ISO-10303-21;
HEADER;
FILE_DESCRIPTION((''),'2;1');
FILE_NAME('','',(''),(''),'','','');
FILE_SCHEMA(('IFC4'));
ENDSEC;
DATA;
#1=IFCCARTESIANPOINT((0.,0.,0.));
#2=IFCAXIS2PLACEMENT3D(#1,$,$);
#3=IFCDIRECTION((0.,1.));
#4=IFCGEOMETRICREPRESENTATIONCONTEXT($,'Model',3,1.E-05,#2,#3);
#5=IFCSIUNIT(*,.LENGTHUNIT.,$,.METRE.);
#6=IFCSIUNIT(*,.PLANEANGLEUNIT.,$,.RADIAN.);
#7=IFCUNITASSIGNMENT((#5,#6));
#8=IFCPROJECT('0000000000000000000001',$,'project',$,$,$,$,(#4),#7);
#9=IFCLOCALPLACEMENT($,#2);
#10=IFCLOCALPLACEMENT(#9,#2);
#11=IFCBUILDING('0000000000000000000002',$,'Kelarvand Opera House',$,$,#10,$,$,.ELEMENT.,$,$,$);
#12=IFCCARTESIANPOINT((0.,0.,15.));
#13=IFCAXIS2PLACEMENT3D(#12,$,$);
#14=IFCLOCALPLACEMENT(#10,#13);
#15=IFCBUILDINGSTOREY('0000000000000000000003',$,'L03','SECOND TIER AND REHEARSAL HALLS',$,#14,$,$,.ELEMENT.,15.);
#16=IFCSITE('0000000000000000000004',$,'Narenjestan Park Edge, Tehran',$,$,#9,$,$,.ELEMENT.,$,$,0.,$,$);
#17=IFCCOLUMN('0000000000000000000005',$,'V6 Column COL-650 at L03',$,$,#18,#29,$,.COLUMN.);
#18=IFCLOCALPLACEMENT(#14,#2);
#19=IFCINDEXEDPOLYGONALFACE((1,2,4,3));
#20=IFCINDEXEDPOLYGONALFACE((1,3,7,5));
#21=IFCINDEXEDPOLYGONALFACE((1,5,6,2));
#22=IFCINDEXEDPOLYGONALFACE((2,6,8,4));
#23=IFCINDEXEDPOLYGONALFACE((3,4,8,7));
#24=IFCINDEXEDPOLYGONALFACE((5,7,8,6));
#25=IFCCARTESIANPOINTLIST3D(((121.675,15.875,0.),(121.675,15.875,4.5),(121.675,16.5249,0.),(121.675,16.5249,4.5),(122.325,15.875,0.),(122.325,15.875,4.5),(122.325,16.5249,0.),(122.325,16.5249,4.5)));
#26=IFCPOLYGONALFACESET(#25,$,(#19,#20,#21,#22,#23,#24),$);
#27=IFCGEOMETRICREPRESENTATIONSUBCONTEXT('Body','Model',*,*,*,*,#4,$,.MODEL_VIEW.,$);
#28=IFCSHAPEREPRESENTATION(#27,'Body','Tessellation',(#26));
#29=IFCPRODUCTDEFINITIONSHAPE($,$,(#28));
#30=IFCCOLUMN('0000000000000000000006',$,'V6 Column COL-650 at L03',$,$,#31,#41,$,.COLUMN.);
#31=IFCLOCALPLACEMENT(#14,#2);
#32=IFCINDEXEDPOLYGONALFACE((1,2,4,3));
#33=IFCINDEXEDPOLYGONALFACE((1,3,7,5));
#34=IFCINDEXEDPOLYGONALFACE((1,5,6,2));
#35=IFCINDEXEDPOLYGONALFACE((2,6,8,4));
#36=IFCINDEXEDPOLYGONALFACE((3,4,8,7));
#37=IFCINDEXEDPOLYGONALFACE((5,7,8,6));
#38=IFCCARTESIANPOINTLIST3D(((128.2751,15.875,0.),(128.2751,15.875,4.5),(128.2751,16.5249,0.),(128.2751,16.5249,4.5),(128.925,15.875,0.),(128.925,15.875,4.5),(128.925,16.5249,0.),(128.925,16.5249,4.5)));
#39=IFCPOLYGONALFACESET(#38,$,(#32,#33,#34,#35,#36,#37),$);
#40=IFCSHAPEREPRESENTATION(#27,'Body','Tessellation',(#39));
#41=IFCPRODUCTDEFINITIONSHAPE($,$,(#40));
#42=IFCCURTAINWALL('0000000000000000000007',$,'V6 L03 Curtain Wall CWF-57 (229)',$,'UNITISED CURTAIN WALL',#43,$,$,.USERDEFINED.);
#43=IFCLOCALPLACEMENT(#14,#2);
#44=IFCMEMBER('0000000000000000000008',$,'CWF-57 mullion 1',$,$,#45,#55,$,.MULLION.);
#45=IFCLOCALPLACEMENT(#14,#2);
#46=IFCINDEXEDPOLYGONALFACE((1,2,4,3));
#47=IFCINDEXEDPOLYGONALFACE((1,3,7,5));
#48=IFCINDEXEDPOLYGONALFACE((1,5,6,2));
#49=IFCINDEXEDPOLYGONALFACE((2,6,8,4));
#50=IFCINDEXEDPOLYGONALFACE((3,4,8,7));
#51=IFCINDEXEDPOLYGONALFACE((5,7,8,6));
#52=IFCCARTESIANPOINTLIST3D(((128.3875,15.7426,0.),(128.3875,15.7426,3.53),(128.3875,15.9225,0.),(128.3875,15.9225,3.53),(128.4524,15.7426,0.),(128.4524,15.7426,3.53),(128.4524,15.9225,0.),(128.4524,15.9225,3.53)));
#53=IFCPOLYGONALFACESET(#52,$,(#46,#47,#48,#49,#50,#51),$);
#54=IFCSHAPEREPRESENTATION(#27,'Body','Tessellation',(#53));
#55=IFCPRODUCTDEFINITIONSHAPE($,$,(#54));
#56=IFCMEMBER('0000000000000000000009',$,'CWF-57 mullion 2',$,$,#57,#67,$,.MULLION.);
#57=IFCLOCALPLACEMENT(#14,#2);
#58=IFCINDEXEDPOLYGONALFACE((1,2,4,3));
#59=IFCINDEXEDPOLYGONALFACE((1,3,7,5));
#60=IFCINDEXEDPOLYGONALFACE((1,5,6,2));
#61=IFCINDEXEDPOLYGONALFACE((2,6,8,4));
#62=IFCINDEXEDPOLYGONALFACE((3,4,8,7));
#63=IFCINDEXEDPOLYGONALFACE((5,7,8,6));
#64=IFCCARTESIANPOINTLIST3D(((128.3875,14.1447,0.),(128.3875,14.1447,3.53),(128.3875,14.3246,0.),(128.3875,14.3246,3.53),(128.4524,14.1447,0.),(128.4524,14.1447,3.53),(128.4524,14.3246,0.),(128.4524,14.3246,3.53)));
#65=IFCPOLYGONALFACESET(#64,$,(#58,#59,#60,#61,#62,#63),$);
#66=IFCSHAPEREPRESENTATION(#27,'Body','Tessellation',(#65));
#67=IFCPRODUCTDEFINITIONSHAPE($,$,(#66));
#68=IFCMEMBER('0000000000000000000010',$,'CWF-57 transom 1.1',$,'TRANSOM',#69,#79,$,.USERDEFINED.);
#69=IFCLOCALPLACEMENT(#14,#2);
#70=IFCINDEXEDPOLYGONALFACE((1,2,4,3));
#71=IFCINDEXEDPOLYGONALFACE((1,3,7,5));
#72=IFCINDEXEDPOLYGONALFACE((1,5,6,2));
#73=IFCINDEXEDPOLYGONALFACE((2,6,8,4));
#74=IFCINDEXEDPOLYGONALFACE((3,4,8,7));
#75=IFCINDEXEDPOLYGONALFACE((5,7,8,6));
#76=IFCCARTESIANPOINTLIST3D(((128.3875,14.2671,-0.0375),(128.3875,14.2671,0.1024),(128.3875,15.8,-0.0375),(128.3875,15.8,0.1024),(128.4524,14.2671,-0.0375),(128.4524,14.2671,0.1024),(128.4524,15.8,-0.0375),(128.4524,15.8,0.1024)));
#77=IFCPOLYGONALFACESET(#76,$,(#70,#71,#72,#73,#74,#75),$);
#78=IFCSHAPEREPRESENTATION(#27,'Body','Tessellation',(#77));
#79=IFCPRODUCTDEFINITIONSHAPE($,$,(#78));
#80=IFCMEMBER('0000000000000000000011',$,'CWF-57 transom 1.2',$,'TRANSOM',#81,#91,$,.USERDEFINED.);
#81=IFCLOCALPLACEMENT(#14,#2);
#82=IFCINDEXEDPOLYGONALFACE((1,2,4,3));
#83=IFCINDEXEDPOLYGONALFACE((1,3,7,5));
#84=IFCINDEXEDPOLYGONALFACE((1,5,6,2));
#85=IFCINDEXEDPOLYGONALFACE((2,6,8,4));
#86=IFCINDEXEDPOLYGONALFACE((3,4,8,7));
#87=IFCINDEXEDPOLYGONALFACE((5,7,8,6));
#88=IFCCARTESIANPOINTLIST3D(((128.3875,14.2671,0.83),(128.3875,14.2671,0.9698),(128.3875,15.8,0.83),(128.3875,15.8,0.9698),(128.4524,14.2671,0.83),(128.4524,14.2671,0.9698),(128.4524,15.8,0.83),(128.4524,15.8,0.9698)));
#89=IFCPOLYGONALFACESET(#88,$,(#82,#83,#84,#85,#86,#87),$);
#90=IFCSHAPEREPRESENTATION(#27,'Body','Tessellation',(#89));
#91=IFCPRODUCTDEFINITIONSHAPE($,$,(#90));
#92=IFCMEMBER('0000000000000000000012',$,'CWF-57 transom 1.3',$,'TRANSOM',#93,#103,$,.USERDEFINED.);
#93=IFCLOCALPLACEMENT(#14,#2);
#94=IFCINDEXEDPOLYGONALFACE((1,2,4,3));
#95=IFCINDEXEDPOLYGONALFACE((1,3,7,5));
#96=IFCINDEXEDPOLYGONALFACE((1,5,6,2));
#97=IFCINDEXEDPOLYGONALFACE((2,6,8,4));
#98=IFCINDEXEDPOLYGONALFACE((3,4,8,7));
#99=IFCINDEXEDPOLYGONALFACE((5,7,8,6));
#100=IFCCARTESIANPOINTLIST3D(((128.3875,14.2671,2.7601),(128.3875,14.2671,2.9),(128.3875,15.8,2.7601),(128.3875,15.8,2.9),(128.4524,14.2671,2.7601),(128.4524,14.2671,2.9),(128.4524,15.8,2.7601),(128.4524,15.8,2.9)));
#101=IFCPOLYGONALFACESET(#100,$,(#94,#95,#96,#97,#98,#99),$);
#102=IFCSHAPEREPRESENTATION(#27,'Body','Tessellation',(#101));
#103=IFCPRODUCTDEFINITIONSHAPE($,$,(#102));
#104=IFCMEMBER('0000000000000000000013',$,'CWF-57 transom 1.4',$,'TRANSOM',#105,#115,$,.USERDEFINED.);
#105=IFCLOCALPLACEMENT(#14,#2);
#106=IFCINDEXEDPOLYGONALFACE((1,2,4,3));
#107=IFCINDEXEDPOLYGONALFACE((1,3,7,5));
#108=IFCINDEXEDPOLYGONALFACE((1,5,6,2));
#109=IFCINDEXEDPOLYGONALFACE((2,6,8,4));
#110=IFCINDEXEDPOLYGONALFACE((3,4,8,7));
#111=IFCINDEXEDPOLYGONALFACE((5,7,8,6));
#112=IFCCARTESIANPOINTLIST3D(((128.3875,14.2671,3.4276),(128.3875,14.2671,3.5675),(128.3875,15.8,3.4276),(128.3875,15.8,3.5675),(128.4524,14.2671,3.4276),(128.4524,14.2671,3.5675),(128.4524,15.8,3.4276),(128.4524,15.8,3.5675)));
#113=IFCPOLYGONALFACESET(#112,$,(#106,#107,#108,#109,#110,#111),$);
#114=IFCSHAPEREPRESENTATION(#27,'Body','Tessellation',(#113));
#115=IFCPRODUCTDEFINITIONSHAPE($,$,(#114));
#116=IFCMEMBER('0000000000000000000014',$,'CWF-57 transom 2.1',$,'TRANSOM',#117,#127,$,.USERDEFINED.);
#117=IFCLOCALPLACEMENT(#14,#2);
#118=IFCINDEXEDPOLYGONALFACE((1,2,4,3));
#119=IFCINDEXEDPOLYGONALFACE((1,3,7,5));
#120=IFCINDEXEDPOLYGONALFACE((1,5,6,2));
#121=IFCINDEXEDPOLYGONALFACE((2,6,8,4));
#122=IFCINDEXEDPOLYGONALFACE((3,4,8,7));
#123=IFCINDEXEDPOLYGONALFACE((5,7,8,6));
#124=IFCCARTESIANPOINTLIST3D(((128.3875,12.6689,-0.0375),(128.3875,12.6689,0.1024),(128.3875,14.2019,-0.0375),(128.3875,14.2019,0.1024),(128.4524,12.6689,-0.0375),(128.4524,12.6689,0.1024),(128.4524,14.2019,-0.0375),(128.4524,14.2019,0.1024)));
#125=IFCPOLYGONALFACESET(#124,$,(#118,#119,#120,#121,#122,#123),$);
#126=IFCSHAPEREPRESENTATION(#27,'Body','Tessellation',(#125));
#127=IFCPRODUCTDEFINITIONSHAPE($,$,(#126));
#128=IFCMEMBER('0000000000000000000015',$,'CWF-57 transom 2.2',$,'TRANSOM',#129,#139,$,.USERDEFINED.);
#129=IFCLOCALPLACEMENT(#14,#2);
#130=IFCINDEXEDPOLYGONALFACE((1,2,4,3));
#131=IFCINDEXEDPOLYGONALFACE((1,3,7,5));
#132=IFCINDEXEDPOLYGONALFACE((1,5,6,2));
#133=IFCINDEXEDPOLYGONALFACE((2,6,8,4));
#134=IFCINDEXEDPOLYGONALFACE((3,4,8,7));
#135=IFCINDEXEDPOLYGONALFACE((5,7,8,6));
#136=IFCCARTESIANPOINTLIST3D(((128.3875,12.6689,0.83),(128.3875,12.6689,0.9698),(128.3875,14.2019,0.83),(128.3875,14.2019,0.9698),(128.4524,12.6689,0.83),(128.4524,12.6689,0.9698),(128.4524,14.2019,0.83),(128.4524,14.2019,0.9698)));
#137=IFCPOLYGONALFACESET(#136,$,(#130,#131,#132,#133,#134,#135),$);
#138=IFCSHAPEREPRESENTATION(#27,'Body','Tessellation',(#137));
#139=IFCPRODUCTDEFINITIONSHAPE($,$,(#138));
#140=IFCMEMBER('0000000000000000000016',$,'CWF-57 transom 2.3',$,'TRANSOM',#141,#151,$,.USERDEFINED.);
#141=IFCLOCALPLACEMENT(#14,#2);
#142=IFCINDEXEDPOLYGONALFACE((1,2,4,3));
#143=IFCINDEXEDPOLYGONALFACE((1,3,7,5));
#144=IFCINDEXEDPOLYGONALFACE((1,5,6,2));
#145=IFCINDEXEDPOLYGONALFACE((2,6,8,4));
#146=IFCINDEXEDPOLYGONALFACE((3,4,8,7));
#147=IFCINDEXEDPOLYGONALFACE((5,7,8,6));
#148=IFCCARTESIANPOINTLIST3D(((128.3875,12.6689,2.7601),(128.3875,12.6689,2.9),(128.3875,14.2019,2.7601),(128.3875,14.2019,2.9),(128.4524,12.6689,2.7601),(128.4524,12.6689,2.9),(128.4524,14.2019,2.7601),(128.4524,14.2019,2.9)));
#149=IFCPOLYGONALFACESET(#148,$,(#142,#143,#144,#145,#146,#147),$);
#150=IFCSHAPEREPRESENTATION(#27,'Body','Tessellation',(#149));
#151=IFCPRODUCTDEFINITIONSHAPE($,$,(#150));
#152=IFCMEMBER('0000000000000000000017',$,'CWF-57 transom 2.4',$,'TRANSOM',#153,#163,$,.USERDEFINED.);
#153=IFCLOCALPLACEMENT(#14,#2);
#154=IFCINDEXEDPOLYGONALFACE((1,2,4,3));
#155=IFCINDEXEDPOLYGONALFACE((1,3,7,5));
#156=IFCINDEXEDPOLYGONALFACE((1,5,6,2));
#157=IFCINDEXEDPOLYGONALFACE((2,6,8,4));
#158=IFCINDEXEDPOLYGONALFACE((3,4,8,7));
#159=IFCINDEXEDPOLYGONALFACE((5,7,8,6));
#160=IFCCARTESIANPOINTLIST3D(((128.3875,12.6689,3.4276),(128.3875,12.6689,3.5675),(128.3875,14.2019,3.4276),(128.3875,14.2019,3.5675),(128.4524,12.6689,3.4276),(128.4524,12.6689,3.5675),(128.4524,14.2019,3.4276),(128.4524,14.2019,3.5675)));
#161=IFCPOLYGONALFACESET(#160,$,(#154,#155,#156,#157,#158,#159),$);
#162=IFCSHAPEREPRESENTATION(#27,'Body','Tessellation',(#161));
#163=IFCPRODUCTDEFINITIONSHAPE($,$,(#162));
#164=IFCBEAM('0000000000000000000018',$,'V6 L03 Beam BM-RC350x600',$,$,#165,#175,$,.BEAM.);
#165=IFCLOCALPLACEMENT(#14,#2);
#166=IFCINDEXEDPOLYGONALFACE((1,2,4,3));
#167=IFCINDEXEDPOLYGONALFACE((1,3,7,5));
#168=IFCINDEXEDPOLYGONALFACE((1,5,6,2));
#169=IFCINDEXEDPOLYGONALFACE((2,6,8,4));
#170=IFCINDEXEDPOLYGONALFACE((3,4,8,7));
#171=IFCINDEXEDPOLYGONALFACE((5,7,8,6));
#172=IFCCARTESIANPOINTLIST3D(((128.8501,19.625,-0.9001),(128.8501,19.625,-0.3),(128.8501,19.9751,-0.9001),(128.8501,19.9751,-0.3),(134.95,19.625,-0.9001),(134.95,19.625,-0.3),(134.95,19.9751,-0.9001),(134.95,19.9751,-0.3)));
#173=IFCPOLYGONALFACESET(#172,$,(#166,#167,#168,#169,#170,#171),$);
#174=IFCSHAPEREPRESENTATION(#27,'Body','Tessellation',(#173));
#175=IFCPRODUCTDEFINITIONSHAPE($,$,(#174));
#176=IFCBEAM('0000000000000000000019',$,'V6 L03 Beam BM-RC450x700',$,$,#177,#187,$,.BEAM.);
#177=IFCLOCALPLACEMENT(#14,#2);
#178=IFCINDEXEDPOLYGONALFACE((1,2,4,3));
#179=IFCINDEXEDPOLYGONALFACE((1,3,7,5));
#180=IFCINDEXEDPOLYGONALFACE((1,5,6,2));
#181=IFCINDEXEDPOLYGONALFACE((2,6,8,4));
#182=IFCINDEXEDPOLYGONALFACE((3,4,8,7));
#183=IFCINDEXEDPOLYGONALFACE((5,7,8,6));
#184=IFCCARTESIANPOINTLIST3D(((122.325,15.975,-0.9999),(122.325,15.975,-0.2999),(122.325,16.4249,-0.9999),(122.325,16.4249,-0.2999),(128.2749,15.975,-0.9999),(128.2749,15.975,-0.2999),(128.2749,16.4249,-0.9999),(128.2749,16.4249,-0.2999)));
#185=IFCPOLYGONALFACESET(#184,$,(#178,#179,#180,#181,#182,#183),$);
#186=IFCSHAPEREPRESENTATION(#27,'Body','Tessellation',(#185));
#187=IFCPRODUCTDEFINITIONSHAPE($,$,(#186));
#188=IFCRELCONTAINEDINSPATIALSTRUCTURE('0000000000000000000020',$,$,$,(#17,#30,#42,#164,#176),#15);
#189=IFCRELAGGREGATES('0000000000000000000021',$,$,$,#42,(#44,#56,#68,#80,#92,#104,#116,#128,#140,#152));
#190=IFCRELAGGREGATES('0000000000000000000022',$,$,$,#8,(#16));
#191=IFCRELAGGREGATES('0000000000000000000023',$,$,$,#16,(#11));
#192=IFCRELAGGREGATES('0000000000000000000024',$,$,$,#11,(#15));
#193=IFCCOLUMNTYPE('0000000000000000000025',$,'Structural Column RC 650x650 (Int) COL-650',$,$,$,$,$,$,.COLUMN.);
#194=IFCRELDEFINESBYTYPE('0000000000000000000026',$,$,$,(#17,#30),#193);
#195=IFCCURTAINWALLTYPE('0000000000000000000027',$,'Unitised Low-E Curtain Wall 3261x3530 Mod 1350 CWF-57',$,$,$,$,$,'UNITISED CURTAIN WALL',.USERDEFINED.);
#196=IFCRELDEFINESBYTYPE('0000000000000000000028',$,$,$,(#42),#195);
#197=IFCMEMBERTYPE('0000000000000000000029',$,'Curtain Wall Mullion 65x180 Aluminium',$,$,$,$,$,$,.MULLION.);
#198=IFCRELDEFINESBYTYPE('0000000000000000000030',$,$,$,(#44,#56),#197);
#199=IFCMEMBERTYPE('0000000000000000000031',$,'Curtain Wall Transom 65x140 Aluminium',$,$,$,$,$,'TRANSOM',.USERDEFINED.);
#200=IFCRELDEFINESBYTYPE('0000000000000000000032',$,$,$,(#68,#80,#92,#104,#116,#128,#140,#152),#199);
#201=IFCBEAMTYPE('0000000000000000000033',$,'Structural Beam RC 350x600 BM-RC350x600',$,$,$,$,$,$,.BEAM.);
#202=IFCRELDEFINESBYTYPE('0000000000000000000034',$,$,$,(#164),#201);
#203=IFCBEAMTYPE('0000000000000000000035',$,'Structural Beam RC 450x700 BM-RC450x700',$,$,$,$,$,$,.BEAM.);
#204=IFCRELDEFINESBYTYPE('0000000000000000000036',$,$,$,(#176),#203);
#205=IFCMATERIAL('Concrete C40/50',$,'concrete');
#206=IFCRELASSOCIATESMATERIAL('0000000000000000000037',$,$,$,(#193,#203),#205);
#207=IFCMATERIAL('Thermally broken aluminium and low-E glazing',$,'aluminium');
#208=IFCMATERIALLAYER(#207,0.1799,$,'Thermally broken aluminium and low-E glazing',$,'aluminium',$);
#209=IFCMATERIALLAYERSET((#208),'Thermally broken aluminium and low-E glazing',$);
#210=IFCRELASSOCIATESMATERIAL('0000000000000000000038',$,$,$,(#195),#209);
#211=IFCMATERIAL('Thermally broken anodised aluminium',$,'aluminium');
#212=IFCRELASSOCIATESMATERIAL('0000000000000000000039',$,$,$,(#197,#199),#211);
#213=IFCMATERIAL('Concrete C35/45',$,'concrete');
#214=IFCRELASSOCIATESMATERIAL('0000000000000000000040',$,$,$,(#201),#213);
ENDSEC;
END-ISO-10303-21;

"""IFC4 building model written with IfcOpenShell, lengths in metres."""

from ifc_helpers import new_model, si_unit, direction, frame, origin, origin_2d, place, context, subcontext, project, spatial, rectangle, extrude, material, layer, layer_set, material_profile, profile_set, type_object, element, aggregate, save


model = new_model("IFC4")

# Units and contexts
model_context = context("Model", 3, precision=1e-05, world=origin(), true_north=direction((0.0, 1.0)))
body_context = subcontext(model_context, "Body", "Model", "MODEL_VIEW")
ifc_project = project(units=[si_unit("LENGTHUNIT", "METRE"), si_unit("PLANEANGLEUNIT", "RADIAN")], contexts=[model_context])

# Site, building, storey
site_placement = place(None, origin())
site = spatial("IfcSite", under=ifc_project, at=site_placement, Name="Narenjestan Park Edge, Tehran", CompositionType="ELEMENT", RefElevation=0.0)
building_placement = place(site_placement, origin())
building = spatial("IfcBuilding", under=site, at=building_placement, Name="Kelarvand Opera House", CompositionType="ELEMENT")
storey_placement = place(building_placement, frame((0.0, 0.0, 15.0)))
storey = spatial("IfcBuildingStorey", under=building, at=storey_placement, Name="L03", Description="SECOND TIER AND REHEARSAL HALLS", CompositionType="ELEMENT", Elevation=15.0)

# Columns
ifc_material_1 = material(Name="Concrete C40/50", Category="concrete")
ifc_material_profile_1 = material_profile(ifc_material_1, rectangle(XDim=0.6499, YDim=0.6499, at=origin_2d()), Name="RC 650x650", Category="concrete")
ifc_profile_set_1 = profile_set([ifc_material_profile_1], Name="Concrete C40/50")
column_type = type_object("IfcColumnType", Name="Structural Column RC 650x650 (Int) COL-650", PredefinedType="COLUMN", material=ifc_profile_set_1)
for number, where, z_axis, x_axis, name in (
    (1, (122.0, 16.2, 0.0), (0.0, 0.0, 1.0), (1.0, 0.0, 0.0), "V6 Column COL-650 at L03"),
    (2, (128.6001, 16.2, 0.0), (0.0, 0.0, 1.0), (1.0, 0.0, 0.0), "V6 Column COL-650 at L03"),
):
    element("IfcColumn", number, at=place(storey_placement, frame(where, z_axis=z_axis, x_axis=x_axis)), inside=storey, type_object=column_type, Name=name, PredefinedType="COLUMN", context=body_context, shape_type="SweptSolid", body=[
        extrude(rectangle(XDim=0.6499, YDim=0.6499, at=origin_2d()), origin(), (0.0, 0.0, 1.0), 4.5),
    ])

# Curtain wall, members
ifc_material_2 = material(Name="Thermally broken aluminium and low-E glazing", Category="aluminium")
ifc_layer_1 = layer(ifc_material_2, 0.1799, Name="Thermally broken aluminium and low-E glazing", Category="aluminium")
ifc_layer_set_1 = layer_set([ifc_layer_1], Name="Thermally broken aluminium and low-E glazing")
curtain_wall_type = type_object("IfcCurtainWallType", Name="Unitised Low-E Curtain Wall 3261x3530 Mod 1350 CWF-57", ElementType="UNITISED CURTAIN WALL", PredefinedType="USERDEFINED", material=ifc_layer_set_1)
curtain_wall_placement = place(storey_placement, origin())
curtain_wall = element("IfcCurtainWall", 3, at=curtain_wall_placement, inside=storey, type_object=curtain_wall_type, Name="V6 L03 Curtain Wall CWF-57 (229)", ObjectType="UNITISED CURTAIN WALL", PredefinedType="USERDEFINED")
ifc_material_3 = material(Name="Thermally broken anodised aluminium", Category="aluminium")
ifc_material_profile_2 = material_profile(ifc_material_3, rectangle(XDim=0.0649, YDim=0.1799, at=origin_2d()), Name="ALU MULLION 65x180", Category="aluminium")
ifc_profile_set_2 = profile_set([ifc_material_profile_2], Name="Thermally broken anodised aluminium")
member_type_1 = type_object("IfcMemberType", Name="Curtain Wall Mullion 65x180 Aluminium", PredefinedType="MULLION", material=ifc_profile_set_2)
member_1_placement = place(storey_placement, frame((128.4199, 15.8325, 0.0), z_axis=(0.0, 0.0, 1.0), x_axis=(1.0, 0.0, 0.0)))
member_1 = element("IfcMember", 4, at=member_1_placement, type_object=member_type_1, Name="CWF-57 mullion 1", PredefinedType="MULLION", context=body_context, shape_type="SweptSolid", body=[
    extrude(rectangle(XDim=0.0649, YDim=0.1799, at=origin_2d()), origin(), (0.0, 0.0, 1.0), 3.53),
])
member_2_placement = place(storey_placement, frame((128.4199, 14.2346, 0.0), z_axis=(0.0, 0.0, 1.0), x_axis=(1.0, 0.0, 0.0)))
member_2 = element("IfcMember", 5, at=member_2_placement, type_object=member_type_1, Name="CWF-57 mullion 2", PredefinedType="MULLION", context=body_context, shape_type="SweptSolid", body=[
    extrude(rectangle(XDim=0.0649, YDim=0.1799, at=origin_2d()), origin(), (0.0, 0.0, 1.0), 3.53),
])
ifc_material_profile_3 = material_profile(ifc_material_3, rectangle(XDim=0.0649, YDim=0.1399, at=origin_2d()), Name="ALU TRANSOM 65x140", Category="aluminium")
ifc_profile_set_3 = profile_set([ifc_material_profile_3], Name="Thermally broken anodised aluminium")
member_type_2 = type_object("IfcMemberType", Name="Curtain Wall Transom 65x140 Aluminium", ElementType="TRANSOM", PredefinedType="USERDEFINED", material=ifc_profile_set_3)
member_3_placement = place(storey_placement, frame((128.4199, 15.8, 0.0325), z_axis=(0.0, -1.0, 0.0), x_axis=(1.0, 0.0, 0.0)))
member_3 = element("IfcMember", 6, at=member_3_placement, type_object=member_type_2, Name="CWF-57 transom 1.1", ObjectType="TRANSOM", PredefinedType="USERDEFINED", context=body_context, shape_type="SweptSolid", body=[
    extrude(rectangle(XDim=0.0649, YDim=0.1399, at=origin_2d()), origin(), (0.0, 0.0, 1.0), 1.533),
])
member_4_placement = place(storey_placement, frame((128.4199, 15.8, 0.8999), z_axis=(0.0, -1.0, 0.0), x_axis=(1.0, 0.0, 0.0)))
member_4 = element("IfcMember", 7, at=member_4_placement, type_object=member_type_2, Name="CWF-57 transom 1.2", ObjectType="TRANSOM", PredefinedType="USERDEFINED", context=body_context, shape_type="SweptSolid", body=[
    extrude(rectangle(XDim=0.0649, YDim=0.1399, at=origin_2d()), origin(), (0.0, 0.0, 1.0), 1.533),
])
member_5_placement = place(storey_placement, frame((128.4199, 15.8, 2.8301), z_axis=(0.0, -1.0, 0.0), x_axis=(1.0, 0.0, 0.0)))
member_5 = element("IfcMember", 8, at=member_5_placement, type_object=member_type_2, Name="CWF-57 transom 1.3", ObjectType="TRANSOM", PredefinedType="USERDEFINED", context=body_context, shape_type="SweptSolid", body=[
    extrude(rectangle(XDim=0.0649, YDim=0.1399, at=origin_2d()), origin(), (0.0, 0.0, 1.0), 1.533),
])
member_6_placement = place(storey_placement, frame((128.4199, 15.8, 3.4976), z_axis=(0.0, -1.0, 0.0), x_axis=(1.0, 0.0, 0.0)))
member_6 = element("IfcMember", 9, at=member_6_placement, type_object=member_type_2, Name="CWF-57 transom 1.4", ObjectType="TRANSOM", PredefinedType="USERDEFINED", context=body_context, shape_type="SweptSolid", body=[
    extrude(rectangle(XDim=0.0649, YDim=0.1399, at=origin_2d()), origin(), (0.0, 0.0, 1.0), 1.533),
])
member_7_placement = place(storey_placement, frame((128.4199, 14.2019, 0.0325), z_axis=(0.0, -1.0, 0.0), x_axis=(1.0, 0.0, 0.0)))
member_7 = element("IfcMember", 10, at=member_7_placement, type_object=member_type_2, Name="CWF-57 transom 2.1", ObjectType="TRANSOM", PredefinedType="USERDEFINED", context=body_context, shape_type="SweptSolid", body=[
    extrude(rectangle(XDim=0.0649, YDim=0.1399, at=origin_2d()), origin(), (0.0, 0.0, 1.0), 1.533),
])
member_8_placement = place(storey_placement, frame((128.4199, 14.2019, 0.8999), z_axis=(0.0, -1.0, 0.0), x_axis=(1.0, 0.0, 0.0)))
member_8 = element("IfcMember", 11, at=member_8_placement, type_object=member_type_2, Name="CWF-57 transom 2.2", ObjectType="TRANSOM", PredefinedType="USERDEFINED", context=body_context, shape_type="SweptSolid", body=[
    extrude(rectangle(XDim=0.0649, YDim=0.1399, at=origin_2d()), origin(), (0.0, 0.0, 1.0), 1.533),
])
member_9_placement = place(storey_placement, frame((128.4199, 14.2019, 2.8301), z_axis=(0.0, -1.0, 0.0), x_axis=(1.0, 0.0, 0.0)))
member_9 = element("IfcMember", 12, at=member_9_placement, type_object=member_type_2, Name="CWF-57 transom 2.3", ObjectType="TRANSOM", PredefinedType="USERDEFINED", context=body_context, shape_type="SweptSolid", body=[
    extrude(rectangle(XDim=0.0649, YDim=0.1399, at=origin_2d()), origin(), (0.0, 0.0, 1.0), 1.533),
])
member_10_placement = place(storey_placement, frame((128.4199, 14.2019, 3.4976), z_axis=(0.0, -1.0, 0.0), x_axis=(1.0, 0.0, 0.0)))
member_10 = element("IfcMember", 13, at=member_10_placement, type_object=member_type_2, Name="CWF-57 transom 2.4", ObjectType="TRANSOM", PredefinedType="USERDEFINED", context=body_context, shape_type="SweptSolid", body=[
    extrude(rectangle(XDim=0.0649, YDim=0.1399, at=origin_2d()), origin(), (0.0, 0.0, 1.0), 1.533),
])

# Beams
ifc_material_4 = material(Name="Concrete C35/45", Category="concrete")
ifc_material_profile_4 = material_profile(ifc_material_4, rectangle(XDim=0.3501, YDim=0.6001, at=origin_2d()), Name="RC 350x600", Category="concrete")
ifc_profile_set_4 = profile_set([ifc_material_profile_4], Name="Concrete C35/45")
beam_type_1 = type_object("IfcBeamType", Name="Structural Beam RC 350x600 BM-RC350x600", PredefinedType="BEAM", material=ifc_profile_set_4)
beam_1_placement = place(storey_placement, frame((128.8501, 19.8, -0.6001), z_axis=(1.0, 0.0, 0.0), x_axis=(0.0, 1.0, 0.0)))
element("IfcBeam", 14, at=beam_1_placement, inside=storey, type_object=beam_type_1, Name="V6 L03 Beam BM-RC350x600", PredefinedType="BEAM", context=body_context, shape_type="SweptSolid", body=[
    extrude(rectangle(XDim=0.3501, YDim=0.6001, at=origin_2d()), origin(), (0.0, 0.0, 1.0), 6.0999),
])
ifc_material_profile_5 = material_profile(ifc_material_1, rectangle(XDim=0.45, YDim=0.7, at=origin_2d()), Name="RC 450x700", Category="concrete")
ifc_profile_set_5 = profile_set([ifc_material_profile_5], Name="Concrete C40/50")
beam_type_2 = type_object("IfcBeamType", Name="Structural Beam RC 450x700 BM-RC450x700", PredefinedType="BEAM", material=ifc_profile_set_5)
for number, where, z_axis, x_axis, name in (
    (15, (122.325, 16.2, -0.6499), (1.0, 0.0, 0.0), (0.0, 1.0, 0.0), "V6 L03 Beam BM-RC450x700"),
):
    element("IfcBeam", number, at=place(storey_placement, frame(where, z_axis=z_axis, x_axis=x_axis)), inside=storey, type_object=beam_type_2, Name=name, PredefinedType="BEAM", context=body_context, shape_type="SweptSolid", body=[
        extrude(rectangle(XDim=0.45, YDim=0.7, at=origin_2d()), origin(), (0.0, 0.0, 1.0), 5.95),
    ])

aggregate(curtain_wall, [member_1, member_2, member_3, member_4, member_5, member_6, member_7, member_8, member_9, member_10])

save(model, "model.ifc")
